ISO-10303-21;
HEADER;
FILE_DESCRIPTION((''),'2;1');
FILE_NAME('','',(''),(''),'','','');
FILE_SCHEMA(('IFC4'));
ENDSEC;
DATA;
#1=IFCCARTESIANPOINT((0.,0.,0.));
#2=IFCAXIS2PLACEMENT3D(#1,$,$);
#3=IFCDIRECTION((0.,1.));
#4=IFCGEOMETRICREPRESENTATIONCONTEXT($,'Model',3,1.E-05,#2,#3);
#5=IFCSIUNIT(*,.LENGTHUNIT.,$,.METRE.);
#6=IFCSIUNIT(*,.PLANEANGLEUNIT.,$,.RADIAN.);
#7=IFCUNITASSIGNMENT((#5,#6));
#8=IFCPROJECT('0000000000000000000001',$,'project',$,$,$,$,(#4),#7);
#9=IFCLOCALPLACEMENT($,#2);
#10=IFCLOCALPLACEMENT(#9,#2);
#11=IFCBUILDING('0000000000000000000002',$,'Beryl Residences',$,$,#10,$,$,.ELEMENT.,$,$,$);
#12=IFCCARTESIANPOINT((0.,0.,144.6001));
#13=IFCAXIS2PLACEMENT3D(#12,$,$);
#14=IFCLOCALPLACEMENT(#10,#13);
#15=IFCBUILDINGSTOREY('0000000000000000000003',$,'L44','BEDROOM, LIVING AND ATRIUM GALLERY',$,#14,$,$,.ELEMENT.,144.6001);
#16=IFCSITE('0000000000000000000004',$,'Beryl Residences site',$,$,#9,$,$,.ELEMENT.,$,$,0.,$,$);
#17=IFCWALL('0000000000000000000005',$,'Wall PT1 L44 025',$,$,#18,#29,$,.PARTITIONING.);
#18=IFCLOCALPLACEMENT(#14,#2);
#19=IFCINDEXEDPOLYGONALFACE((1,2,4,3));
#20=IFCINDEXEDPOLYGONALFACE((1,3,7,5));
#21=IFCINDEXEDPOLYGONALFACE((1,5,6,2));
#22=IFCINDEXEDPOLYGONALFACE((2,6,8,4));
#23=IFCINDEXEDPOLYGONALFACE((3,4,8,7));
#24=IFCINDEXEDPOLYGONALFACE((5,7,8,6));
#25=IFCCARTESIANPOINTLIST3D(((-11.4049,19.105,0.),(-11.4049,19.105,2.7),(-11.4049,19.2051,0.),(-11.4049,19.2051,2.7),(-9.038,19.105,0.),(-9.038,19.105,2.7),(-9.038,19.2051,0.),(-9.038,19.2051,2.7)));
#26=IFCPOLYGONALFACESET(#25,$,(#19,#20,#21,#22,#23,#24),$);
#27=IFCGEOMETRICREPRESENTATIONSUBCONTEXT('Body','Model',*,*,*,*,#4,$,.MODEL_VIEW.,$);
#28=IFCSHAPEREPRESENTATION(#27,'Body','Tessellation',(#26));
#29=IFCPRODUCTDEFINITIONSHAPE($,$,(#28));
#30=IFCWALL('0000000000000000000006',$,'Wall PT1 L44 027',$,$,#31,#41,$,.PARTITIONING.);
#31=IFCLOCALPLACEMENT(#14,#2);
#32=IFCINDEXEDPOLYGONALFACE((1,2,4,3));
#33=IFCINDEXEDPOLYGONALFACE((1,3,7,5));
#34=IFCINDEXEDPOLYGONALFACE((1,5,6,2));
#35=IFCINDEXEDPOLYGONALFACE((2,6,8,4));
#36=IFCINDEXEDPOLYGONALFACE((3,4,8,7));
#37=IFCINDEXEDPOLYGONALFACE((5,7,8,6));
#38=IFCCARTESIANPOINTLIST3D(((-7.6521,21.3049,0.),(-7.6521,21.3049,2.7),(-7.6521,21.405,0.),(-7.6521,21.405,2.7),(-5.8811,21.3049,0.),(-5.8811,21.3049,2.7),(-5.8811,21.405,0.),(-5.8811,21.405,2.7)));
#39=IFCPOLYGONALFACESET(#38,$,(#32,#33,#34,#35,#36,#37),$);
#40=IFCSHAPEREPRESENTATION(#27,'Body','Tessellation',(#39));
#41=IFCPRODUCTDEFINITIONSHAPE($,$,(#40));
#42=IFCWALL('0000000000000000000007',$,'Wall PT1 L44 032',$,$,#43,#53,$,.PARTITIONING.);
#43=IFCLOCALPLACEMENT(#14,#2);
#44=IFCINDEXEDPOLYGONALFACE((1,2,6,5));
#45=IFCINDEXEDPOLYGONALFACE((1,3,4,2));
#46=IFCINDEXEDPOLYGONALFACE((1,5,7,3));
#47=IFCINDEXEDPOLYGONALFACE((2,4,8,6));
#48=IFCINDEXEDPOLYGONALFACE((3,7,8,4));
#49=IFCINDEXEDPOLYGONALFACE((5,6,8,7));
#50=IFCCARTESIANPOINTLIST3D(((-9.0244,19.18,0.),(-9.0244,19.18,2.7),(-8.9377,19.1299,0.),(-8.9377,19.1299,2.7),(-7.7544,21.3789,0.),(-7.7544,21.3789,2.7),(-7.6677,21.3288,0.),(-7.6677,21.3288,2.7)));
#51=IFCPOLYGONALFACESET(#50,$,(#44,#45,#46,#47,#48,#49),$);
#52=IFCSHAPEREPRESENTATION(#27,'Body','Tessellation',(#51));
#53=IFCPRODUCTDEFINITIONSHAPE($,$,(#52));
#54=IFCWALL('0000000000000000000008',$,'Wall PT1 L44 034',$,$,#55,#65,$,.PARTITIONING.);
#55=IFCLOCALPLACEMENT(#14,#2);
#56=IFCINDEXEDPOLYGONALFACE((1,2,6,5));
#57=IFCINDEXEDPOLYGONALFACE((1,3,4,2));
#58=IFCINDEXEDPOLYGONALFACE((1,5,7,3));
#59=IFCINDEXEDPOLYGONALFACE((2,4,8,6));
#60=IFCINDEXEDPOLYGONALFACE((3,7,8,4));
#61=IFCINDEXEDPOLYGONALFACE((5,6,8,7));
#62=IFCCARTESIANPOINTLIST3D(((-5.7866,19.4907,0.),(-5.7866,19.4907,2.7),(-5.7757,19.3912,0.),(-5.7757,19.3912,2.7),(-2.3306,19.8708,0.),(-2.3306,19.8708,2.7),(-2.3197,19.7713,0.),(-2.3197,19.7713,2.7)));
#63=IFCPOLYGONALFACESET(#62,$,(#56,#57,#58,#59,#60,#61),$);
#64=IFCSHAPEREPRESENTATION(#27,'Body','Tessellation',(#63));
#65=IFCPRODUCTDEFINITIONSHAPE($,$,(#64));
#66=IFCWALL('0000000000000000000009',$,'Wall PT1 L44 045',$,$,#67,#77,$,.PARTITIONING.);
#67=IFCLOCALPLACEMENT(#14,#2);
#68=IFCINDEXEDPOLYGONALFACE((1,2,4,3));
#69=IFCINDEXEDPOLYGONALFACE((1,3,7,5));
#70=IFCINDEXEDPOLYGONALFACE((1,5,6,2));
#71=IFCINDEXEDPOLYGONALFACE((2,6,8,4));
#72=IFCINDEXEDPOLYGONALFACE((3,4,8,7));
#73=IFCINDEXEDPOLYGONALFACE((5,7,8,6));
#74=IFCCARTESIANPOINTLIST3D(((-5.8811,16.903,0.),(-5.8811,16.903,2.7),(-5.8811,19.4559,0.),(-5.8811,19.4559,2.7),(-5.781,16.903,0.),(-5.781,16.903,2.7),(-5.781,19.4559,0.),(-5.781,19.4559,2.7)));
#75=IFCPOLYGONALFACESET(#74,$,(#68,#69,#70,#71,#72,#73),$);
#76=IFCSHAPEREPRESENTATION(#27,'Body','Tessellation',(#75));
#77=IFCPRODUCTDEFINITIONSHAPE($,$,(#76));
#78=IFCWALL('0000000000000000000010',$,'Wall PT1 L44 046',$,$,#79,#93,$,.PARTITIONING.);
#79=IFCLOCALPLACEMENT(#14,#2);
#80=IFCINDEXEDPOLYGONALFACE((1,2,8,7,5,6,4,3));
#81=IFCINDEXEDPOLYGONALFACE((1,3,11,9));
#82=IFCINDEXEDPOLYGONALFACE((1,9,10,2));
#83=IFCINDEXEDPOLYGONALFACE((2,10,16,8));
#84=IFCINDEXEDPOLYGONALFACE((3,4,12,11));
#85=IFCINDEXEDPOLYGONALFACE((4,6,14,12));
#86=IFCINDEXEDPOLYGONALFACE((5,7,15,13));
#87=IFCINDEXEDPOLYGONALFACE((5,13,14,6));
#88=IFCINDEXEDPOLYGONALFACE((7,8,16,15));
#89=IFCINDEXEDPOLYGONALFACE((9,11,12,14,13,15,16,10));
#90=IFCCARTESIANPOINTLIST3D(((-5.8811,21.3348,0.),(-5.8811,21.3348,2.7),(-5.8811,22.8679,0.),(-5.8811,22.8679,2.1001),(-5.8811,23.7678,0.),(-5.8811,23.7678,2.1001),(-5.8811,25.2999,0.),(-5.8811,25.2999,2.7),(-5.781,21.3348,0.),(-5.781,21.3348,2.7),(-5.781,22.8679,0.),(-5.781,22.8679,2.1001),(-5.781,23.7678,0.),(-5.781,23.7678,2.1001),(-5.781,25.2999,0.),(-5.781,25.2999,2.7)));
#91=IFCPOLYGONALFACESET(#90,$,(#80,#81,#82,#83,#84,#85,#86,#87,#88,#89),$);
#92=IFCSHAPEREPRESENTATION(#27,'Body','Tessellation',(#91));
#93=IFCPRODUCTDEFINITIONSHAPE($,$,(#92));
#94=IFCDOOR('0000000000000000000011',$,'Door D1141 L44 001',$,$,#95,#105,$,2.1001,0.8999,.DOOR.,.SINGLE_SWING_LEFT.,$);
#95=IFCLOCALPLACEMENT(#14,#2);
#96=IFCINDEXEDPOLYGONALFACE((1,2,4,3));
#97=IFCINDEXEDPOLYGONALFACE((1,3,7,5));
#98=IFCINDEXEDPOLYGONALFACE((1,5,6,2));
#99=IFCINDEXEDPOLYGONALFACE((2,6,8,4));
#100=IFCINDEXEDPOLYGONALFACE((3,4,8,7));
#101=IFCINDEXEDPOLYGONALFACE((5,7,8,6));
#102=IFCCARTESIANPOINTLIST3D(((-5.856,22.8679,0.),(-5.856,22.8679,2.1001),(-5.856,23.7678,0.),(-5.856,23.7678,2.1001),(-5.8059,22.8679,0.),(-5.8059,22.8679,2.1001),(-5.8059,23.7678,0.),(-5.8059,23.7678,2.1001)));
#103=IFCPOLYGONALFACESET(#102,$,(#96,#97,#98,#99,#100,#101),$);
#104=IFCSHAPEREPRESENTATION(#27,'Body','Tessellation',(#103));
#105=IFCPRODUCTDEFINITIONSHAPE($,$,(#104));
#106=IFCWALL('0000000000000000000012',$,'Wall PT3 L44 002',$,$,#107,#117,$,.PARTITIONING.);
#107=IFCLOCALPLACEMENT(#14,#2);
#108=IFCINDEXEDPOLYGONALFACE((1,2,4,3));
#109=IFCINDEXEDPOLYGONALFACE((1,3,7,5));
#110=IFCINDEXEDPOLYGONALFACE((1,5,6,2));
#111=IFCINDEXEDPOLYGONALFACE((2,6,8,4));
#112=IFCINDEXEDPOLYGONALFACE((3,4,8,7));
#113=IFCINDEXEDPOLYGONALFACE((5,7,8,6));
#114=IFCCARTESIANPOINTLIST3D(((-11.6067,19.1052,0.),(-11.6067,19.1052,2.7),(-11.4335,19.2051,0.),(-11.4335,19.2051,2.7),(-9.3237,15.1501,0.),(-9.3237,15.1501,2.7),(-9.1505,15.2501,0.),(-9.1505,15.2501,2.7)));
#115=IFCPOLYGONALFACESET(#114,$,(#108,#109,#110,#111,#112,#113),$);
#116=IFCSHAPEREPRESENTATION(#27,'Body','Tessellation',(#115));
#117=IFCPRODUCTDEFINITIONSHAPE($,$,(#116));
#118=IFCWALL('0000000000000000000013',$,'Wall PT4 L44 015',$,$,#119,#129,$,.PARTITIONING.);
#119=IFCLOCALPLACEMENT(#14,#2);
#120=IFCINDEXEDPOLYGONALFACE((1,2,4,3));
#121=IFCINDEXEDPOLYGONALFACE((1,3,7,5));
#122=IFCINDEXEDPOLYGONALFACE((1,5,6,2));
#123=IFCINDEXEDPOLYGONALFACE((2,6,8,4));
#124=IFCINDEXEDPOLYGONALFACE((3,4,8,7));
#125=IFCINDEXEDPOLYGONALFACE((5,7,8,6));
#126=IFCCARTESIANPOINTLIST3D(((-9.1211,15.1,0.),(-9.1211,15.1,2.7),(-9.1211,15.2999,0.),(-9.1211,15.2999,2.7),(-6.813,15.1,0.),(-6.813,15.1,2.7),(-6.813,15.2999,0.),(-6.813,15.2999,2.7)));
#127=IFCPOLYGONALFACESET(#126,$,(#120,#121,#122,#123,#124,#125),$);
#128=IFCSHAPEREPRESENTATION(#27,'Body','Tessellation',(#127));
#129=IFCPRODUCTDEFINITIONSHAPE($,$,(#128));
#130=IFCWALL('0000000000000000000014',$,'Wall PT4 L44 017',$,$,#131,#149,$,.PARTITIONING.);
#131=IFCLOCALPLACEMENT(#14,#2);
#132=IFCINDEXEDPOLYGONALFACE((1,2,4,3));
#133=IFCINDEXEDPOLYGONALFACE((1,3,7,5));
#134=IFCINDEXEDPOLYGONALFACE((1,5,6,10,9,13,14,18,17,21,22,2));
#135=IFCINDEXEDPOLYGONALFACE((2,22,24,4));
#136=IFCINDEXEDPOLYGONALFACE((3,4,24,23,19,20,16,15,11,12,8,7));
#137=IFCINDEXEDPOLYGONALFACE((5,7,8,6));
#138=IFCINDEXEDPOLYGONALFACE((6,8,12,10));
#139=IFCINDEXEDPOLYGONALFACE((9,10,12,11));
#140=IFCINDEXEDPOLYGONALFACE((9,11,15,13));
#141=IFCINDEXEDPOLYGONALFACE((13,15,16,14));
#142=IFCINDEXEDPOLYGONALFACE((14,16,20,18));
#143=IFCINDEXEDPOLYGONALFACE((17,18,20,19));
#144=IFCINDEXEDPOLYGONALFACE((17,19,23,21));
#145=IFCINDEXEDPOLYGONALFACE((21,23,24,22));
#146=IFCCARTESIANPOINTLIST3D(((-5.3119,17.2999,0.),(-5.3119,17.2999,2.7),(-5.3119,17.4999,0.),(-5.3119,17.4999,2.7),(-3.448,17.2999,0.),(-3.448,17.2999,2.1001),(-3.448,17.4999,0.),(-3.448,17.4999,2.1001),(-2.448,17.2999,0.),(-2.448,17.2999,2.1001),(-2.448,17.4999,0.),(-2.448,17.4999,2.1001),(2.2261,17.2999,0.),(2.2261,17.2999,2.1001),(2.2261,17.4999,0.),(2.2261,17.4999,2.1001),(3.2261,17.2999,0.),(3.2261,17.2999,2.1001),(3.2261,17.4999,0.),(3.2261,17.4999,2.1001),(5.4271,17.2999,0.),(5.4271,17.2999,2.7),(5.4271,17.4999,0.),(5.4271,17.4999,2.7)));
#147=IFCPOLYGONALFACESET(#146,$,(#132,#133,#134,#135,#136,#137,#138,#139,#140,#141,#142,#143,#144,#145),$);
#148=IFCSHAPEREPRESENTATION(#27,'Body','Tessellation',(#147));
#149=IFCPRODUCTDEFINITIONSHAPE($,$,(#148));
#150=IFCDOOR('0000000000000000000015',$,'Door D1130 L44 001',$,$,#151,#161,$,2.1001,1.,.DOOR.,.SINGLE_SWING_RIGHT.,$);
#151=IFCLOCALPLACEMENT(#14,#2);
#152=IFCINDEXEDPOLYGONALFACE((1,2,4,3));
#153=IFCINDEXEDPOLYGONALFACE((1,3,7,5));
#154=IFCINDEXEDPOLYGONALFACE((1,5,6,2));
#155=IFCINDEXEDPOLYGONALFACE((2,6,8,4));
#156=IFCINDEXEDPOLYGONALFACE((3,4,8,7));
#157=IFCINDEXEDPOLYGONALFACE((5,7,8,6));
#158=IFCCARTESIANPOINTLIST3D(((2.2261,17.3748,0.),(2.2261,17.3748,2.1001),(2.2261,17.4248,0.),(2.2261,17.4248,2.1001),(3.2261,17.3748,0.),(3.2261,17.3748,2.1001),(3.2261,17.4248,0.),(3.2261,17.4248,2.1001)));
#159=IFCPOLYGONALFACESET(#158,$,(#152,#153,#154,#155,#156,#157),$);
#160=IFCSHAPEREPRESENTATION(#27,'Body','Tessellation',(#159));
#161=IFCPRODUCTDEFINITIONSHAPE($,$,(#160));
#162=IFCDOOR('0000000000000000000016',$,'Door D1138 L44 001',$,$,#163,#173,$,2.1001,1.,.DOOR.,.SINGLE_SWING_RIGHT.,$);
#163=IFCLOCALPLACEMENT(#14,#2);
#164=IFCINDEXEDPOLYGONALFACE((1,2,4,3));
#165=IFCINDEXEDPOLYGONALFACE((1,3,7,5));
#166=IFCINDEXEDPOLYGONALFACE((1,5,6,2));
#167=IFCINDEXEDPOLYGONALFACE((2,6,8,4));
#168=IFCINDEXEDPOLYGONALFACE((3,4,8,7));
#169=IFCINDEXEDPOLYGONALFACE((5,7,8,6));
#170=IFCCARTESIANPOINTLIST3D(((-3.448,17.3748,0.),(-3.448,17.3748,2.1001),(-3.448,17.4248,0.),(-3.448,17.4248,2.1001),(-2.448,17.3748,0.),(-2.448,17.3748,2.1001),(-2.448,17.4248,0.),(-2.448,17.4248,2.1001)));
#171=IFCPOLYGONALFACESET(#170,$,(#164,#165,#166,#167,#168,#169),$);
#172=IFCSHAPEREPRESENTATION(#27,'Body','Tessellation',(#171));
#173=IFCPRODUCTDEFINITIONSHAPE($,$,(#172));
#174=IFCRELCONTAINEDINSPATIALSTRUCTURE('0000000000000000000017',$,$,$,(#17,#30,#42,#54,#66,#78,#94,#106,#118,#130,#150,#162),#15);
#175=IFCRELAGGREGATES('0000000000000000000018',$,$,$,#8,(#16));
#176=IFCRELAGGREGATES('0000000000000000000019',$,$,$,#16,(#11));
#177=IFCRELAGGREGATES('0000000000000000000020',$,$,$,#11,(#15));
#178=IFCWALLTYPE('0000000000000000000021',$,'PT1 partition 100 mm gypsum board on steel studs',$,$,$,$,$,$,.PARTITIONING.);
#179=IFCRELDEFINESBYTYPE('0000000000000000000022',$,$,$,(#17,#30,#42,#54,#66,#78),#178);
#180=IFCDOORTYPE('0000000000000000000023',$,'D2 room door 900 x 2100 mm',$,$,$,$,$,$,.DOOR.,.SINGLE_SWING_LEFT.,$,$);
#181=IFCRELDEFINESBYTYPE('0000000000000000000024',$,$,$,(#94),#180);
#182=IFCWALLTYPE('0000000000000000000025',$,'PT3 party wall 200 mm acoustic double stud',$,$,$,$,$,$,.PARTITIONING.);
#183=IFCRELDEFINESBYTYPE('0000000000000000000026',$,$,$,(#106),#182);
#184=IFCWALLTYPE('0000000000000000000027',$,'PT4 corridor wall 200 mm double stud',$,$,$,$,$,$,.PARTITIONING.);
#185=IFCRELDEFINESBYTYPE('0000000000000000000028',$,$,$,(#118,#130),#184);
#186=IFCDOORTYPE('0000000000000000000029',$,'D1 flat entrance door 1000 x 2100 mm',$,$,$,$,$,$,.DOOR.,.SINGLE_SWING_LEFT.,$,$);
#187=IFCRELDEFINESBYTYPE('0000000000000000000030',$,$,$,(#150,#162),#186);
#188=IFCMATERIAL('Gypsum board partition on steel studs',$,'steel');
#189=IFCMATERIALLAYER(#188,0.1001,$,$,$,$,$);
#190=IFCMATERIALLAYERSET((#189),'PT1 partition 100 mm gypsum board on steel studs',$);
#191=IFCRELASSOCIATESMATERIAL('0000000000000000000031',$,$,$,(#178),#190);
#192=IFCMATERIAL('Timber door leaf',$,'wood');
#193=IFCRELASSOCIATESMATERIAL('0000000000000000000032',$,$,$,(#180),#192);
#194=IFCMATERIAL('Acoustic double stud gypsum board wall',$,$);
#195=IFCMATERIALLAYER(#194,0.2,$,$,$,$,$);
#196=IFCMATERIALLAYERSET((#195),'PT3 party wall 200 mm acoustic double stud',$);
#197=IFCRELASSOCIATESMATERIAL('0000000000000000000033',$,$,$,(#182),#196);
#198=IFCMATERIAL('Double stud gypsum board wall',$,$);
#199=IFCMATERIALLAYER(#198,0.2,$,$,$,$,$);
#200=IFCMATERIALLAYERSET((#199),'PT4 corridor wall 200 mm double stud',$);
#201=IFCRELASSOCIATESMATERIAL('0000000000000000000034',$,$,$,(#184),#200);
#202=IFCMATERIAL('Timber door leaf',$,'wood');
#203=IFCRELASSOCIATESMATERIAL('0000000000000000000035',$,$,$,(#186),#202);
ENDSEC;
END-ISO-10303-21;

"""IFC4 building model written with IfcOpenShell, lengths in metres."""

from ifc_helpers import new_model, si_unit, direction, frame, frame_2d, origin, place, context, subcontext, project, spatial, rectangle, extrude, material, layer, layer_set, type_object, element, fill, save


model = new_model("IFC4")

# Units and contexts
model_context = context("Model", 3, precision=1e-05, world=origin(), true_north=direction((0.0, 1.0)))
body_context = subcontext(model_context, "Body", "Model", "MODEL_VIEW")
ifc_project = project(units=[si_unit("LENGTHUNIT", "METRE"), si_unit("PLANEANGLEUNIT", "RADIAN")], contexts=[model_context])

# Site, building, storey
site_placement = place(None, origin())
site = spatial("IfcSite", under=ifc_project, at=site_placement, Name="Beryl Residences site", CompositionType="ELEMENT", RefElevation=0.0)
building_placement = place(site_placement, origin())
building = spatial("IfcBuilding", under=site, at=building_placement, Name="Beryl Residences", CompositionType="ELEMENT")
storey_placement = place(building_placement, frame((0.0, 0.0, 144.6001)))
storey = spatial("IfcBuildingStorey", under=building, at=storey_placement, Name="L44", Description="BEDROOM, LIVING AND ATRIUM GALLERY", CompositionType="ELEMENT", Elevation=144.6001)

# Shared definitions
ifc_material_1 = material(Name="Gypsum board partition on steel studs", Category="steel")
ifc_layer_1 = layer(ifc_material_1, 0.1001)
ifc_layer_set_1 = layer_set([ifc_layer_1], Name="PT1 partition 100 mm gypsum board on steel studs")
wall_type_1 = type_object("IfcWallType", Name="PT1 partition 100 mm gypsum board on steel studs", PredefinedType="PARTITIONING", material=ifc_layer_set_1)
ifc_material_2 = material(Name="Timber door leaf", Category="wood")
door_type_1 = type_object("IfcDoorType", Name="D2 room door 900 x 2100 mm", OperationType="SINGLE_SWING_LEFT", PredefinedType="DOOR", material=ifc_material_2)

# Walls
wall_1_placement = place(storey_placement, frame((-11.405, 19.155, 0.0), z_axis=(0.0, 0.0, 1.0), x_axis=(1.0, 0.0, 0.0)))
element("IfcWall", 1, at=wall_1_placement, inside=storey, type_object=wall_type_1, Name="Wall PT1 L44 025", PredefinedType="PARTITIONING", context=body_context, shape_type="SweptSolid", body=[
    extrude(rectangle(XDim=2.3669, YDim=0.1001, at=frame_2d((1.1836, 0.0))), origin(), (0.0, 0.0, 1.0), 2.7),
])
wall_2_placement = place(storey_placement, frame((-7.6521, 21.355, 0.0), z_axis=(0.0, 0.0, 1.0), x_axis=(1.0, 0.0, 0.0)))
element("IfcWall", 2, at=wall_2_placement, inside=storey, type_object=wall_type_1, Name="Wall PT1 L44 027", PredefinedType="PARTITIONING", context=body_context, shape_type="SweptSolid", body=[
    extrude(rectangle(XDim=1.771, YDim=0.1001, at=frame_2d((0.8855, 0.0))), origin(), (0.0, 0.0, 1.0), 2.7),
])
wall_3_placement = place(storey_placement, frame((-8.981, 19.155, 0.0), z_axis=(0.0, 0.0, 1.0), x_axis=(0.50013, 0.86595, 0.0)))
element("IfcWall", 3, at=wall_3_placement, inside=storey, type_object=wall_type_1, Name="Wall PT1 L44 032", PredefinedType="PARTITIONING", context=body_context, shape_type="SweptSolid", body=[
    extrude(rectangle(XDim=2.5393, YDim=0.1001, at=frame_2d((1.2695, 0.0))), origin(), (0.0, 0.0, 1.0), 2.7),
])
wall_4_placement = place(storey_placement, frame((-5.781, 19.4409, 0.0), z_axis=(0.0, 0.0, 1.0), x_axis=(0.994006, 0.109329, 0.0)))
element("IfcWall", 4, at=wall_4_placement, inside=storey, type_object=wall_type_1, Name="Wall PT1 L44 034", PredefinedType="PARTITIONING", context=body_context, shape_type="SweptSolid", body=[
    extrude(rectangle(XDim=3.4768, YDim=0.1001, at=frame_2d((1.7383, 0.0))), origin(), (0.0, 0.0, 1.0), 2.7),
])
wall_5_placement = place(storey_placement, frame((-5.8311, 16.9031, 0.0), z_axis=(0.0, 0.0, 1.0), x_axis=(0.0, 1.0, 0.0)))
element("IfcWall", 5, at=wall_5_placement, inside=storey, type_object=wall_type_1, Name="Wall PT1 L44 045", PredefinedType="PARTITIONING", context=body_context, shape_type="SweptSolid", body=[
    extrude(rectangle(XDim=2.553, YDim=0.1001, at=frame_2d((1.2764, 0.0))), origin(), (0.0, 0.0, 1.0), 2.7),
])

# Wall, opening, door
wall_6_placement = place(storey_placement, frame((-5.8311, 21.335, 0.0), z_axis=(0.0, 0.0, 1.0), x_axis=(0.0, 1.0, 0.0)))
wall_6 = element("IfcWall", 6, at=wall_6_placement, inside=storey, type_object=wall_type_1, Name="Wall PT1 L44 046", PredefinedType="PARTITIONING", context=body_context, shape_type="SweptSolid", body=[
    extrude(rectangle(XDim=3.9651, YDim=0.1001, at=frame_2d((1.9824, 0.0))), origin(), (0.0, 0.0, 1.0), 2.7),
])
opening_1_placement = place(wall_6_placement, frame((1.533, 0.0, 0.0)))
opening_1 = element("IfcOpeningElement", 7, at=opening_1_placement, cuts=wall_6, PredefinedType="OPENING", context=body_context, shape_type="SweptSolid", body=[
    extrude(rectangle(XDim=0.8999, YDim=2.1001, at=frame_2d((0.45, 1.05))), frame((0.0, 0.0601, 0.0), z_axis=(0.0, -1.0, 0.0), x_axis=(1.0, 0.0, 0.0)), (0.0, 0.0, 1.0), 0.1201),
])
door_1_placement = place(opening_1_placement, origin())
door_1 = element("IfcDoor", 8, at=door_1_placement, inside=storey, type_object=door_type_1, Name="Door D1141 L44 001", OperationType="SINGLE_SWING_LEFT", OverallHeight=2.1001, OverallWidth=0.8999, PredefinedType="DOOR", context=body_context, shape_type="SweptSolid", body=[
    extrude(rectangle(XDim=0.8999, YDim=2.1001, at=frame_2d((0.45, 1.05))), frame((0.0, 0.0249, 0.0), z_axis=(0.0, -1.0, 0.0), x_axis=(1.0, 0.0, 0.0)), (0.0, 0.0, 1.0), 0.05),
])
fill(opening_1, door_1)

# Walls
ifc_material_3 = material(Name="Acoustic double stud gypsum board wall")
ifc_layer_2 = layer(ifc_material_3, 0.2)
ifc_layer_set_2 = layer_set([ifc_layer_2], Name="PT3 party wall 200 mm acoustic double stud")
wall_type_2 = type_object("IfcWallType", Name="PT3 party wall 200 mm acoustic double stud", PredefinedType="PARTITIONING", material=ifc_layer_set_2)
wall_7_placement = place(storey_placement, frame((-11.52, 19.155, 0.0), z_axis=(0.0, 0.0, 1.0), x_axis=(0.499917, -0.866073, 0.0)))
element("IfcWall", 9, at=wall_7_placement, inside=storey, type_object=wall_type_2, Name="Wall PT3 L44 002", PredefinedType="PARTITIONING", context=body_context, shape_type="SweptSolid", body=[
    extrude(rectangle(XDim=4.5667, YDim=0.2, at=frame_2d((2.2832, 0.0))), origin(), (0.0, 0.0, 1.0), 2.7),
])
ifc_material_4 = material(Name="Double stud gypsum board wall")
ifc_layer_3 = layer(ifc_material_4, 0.2)
ifc_layer_set_3 = layer_set([ifc_layer_3], Name="PT4 corridor wall 200 mm double stud")
wall_type_3 = type_object("IfcWallType", Name="PT4 corridor wall 200 mm double stud", PredefinedType="PARTITIONING", material=ifc_layer_set_3)
wall_8_placement = place(storey_placement, frame((-9.1211, 15.2, 0.0), z_axis=(0.0, 0.0, 1.0), x_axis=(1.0, 0.0, 0.0)))
element("IfcWall", 10, at=wall_8_placement, inside=storey, type_object=wall_type_3, Name="Wall PT4 L44 015", PredefinedType="PARTITIONING", context=body_context, shape_type="SweptSolid", body=[
    extrude(rectangle(XDim=2.3081, YDim=0.2, at=frame_2d((1.1541, 0.0))), origin(), (0.0, 0.0, 1.0), 2.7),
])

# Wall, openings, doors
wall_9_placement = place(storey_placement, frame((-5.312, 17.3999, 0.0), z_axis=(0.0, 0.0, 1.0), x_axis=(1.0, 0.0, 0.0)))
wall_9 = element("IfcWall", 11, at=wall_9_placement, inside=storey, type_object=wall_type_3, Name="Wall PT4 L44 017", PredefinedType="PARTITIONING", context=body_context, shape_type="SweptSolid", body=[
    extrude(rectangle(XDim=10.739, YDim=0.2, at=frame_2d((5.3696, 0.0))), origin(), (0.0, 0.0, 1.0), 2.7),
])
opening_2_placement = place(wall_9_placement, frame((7.5381, 0.0, 0.0)))
opening_2 = element("IfcOpeningElement", 12, at=opening_2_placement, cuts=wall_9, PredefinedType="OPENING", context=body_context, shape_type="SweptSolid", body=[
    extrude(rectangle(XDim=1.0, YDim=2.1001, at=frame_2d((0.5, 1.05))), frame((0.0, 0.1099, 0.0), z_axis=(0.0, -1.0, 0.0), x_axis=(1.0, 0.0, 0.0)), (0.0, 0.0, 1.0), 0.22),
])
opening_3_placement = place(wall_9_placement, frame((1.864, 0.0, 0.0)))
opening_3 = element("IfcOpeningElement", 13, at=opening_3_placement, cuts=wall_9, PredefinedType="OPENING", context=body_context, shape_type="SweptSolid", body=[
    extrude(rectangle(XDim=1.0, YDim=2.1001, at=frame_2d((0.5, 1.05))), frame((0.0, 0.1099, 0.0), z_axis=(0.0, -1.0, 0.0), x_axis=(1.0, 0.0, 0.0)), (0.0, 0.0, 1.0), 0.22),
])
ifc_material_5 = material(Name="Timber door leaf", Category="wood")
door_type_2 = type_object("IfcDoorType", Name="D1 flat entrance door 1000 x 2100 mm", OperationType="SINGLE_SWING_LEFT", PredefinedType="DOOR", material=ifc_material_5)
door_2_placement = place(opening_2_placement, origin())
door_2 = element("IfcDoor", 14, at=door_2_placement, inside=storey, type_object=door_type_2, Name="Door D1130 L44 001", OperationType="SINGLE_SWING_RIGHT", OverallHeight=2.1001, OverallWidth=1.0, PredefinedType="DOOR", context=body_context, shape_type="SweptSolid", body=[
    extrude(rectangle(XDim=1.0, YDim=2.1001, at=frame_2d((0.5, 1.05))), frame((0.0, 0.0249, 0.0), z_axis=(0.0, -1.0, 0.0), x_axis=(1.0, 0.0, 0.0)), (0.0, 0.0, 1.0), 0.05),
])
fill(opening_2, door_2)
door_3_placement = place(opening_3_placement, origin())
door_3 = element("IfcDoor", 15, at=door_3_placement, inside=storey, type_object=door_type_2, Name="Door D1138 L44 001", OperationType="SINGLE_SWING_RIGHT", OverallHeight=2.1001, OverallWidth=1.0, PredefinedType="DOOR", context=body_context, shape_type="SweptSolid", body=[
    extrude(rectangle(XDim=1.0, YDim=2.1001, at=frame_2d((0.5, 1.05))), frame((0.0, 0.0249, 0.0), z_axis=(0.0, -1.0, 0.0), x_axis=(1.0, 0.0, 0.0)), (0.0, 0.0, 1.0), 0.05),
])
fill(opening_3, door_3)

save(model, "model.ifc")
